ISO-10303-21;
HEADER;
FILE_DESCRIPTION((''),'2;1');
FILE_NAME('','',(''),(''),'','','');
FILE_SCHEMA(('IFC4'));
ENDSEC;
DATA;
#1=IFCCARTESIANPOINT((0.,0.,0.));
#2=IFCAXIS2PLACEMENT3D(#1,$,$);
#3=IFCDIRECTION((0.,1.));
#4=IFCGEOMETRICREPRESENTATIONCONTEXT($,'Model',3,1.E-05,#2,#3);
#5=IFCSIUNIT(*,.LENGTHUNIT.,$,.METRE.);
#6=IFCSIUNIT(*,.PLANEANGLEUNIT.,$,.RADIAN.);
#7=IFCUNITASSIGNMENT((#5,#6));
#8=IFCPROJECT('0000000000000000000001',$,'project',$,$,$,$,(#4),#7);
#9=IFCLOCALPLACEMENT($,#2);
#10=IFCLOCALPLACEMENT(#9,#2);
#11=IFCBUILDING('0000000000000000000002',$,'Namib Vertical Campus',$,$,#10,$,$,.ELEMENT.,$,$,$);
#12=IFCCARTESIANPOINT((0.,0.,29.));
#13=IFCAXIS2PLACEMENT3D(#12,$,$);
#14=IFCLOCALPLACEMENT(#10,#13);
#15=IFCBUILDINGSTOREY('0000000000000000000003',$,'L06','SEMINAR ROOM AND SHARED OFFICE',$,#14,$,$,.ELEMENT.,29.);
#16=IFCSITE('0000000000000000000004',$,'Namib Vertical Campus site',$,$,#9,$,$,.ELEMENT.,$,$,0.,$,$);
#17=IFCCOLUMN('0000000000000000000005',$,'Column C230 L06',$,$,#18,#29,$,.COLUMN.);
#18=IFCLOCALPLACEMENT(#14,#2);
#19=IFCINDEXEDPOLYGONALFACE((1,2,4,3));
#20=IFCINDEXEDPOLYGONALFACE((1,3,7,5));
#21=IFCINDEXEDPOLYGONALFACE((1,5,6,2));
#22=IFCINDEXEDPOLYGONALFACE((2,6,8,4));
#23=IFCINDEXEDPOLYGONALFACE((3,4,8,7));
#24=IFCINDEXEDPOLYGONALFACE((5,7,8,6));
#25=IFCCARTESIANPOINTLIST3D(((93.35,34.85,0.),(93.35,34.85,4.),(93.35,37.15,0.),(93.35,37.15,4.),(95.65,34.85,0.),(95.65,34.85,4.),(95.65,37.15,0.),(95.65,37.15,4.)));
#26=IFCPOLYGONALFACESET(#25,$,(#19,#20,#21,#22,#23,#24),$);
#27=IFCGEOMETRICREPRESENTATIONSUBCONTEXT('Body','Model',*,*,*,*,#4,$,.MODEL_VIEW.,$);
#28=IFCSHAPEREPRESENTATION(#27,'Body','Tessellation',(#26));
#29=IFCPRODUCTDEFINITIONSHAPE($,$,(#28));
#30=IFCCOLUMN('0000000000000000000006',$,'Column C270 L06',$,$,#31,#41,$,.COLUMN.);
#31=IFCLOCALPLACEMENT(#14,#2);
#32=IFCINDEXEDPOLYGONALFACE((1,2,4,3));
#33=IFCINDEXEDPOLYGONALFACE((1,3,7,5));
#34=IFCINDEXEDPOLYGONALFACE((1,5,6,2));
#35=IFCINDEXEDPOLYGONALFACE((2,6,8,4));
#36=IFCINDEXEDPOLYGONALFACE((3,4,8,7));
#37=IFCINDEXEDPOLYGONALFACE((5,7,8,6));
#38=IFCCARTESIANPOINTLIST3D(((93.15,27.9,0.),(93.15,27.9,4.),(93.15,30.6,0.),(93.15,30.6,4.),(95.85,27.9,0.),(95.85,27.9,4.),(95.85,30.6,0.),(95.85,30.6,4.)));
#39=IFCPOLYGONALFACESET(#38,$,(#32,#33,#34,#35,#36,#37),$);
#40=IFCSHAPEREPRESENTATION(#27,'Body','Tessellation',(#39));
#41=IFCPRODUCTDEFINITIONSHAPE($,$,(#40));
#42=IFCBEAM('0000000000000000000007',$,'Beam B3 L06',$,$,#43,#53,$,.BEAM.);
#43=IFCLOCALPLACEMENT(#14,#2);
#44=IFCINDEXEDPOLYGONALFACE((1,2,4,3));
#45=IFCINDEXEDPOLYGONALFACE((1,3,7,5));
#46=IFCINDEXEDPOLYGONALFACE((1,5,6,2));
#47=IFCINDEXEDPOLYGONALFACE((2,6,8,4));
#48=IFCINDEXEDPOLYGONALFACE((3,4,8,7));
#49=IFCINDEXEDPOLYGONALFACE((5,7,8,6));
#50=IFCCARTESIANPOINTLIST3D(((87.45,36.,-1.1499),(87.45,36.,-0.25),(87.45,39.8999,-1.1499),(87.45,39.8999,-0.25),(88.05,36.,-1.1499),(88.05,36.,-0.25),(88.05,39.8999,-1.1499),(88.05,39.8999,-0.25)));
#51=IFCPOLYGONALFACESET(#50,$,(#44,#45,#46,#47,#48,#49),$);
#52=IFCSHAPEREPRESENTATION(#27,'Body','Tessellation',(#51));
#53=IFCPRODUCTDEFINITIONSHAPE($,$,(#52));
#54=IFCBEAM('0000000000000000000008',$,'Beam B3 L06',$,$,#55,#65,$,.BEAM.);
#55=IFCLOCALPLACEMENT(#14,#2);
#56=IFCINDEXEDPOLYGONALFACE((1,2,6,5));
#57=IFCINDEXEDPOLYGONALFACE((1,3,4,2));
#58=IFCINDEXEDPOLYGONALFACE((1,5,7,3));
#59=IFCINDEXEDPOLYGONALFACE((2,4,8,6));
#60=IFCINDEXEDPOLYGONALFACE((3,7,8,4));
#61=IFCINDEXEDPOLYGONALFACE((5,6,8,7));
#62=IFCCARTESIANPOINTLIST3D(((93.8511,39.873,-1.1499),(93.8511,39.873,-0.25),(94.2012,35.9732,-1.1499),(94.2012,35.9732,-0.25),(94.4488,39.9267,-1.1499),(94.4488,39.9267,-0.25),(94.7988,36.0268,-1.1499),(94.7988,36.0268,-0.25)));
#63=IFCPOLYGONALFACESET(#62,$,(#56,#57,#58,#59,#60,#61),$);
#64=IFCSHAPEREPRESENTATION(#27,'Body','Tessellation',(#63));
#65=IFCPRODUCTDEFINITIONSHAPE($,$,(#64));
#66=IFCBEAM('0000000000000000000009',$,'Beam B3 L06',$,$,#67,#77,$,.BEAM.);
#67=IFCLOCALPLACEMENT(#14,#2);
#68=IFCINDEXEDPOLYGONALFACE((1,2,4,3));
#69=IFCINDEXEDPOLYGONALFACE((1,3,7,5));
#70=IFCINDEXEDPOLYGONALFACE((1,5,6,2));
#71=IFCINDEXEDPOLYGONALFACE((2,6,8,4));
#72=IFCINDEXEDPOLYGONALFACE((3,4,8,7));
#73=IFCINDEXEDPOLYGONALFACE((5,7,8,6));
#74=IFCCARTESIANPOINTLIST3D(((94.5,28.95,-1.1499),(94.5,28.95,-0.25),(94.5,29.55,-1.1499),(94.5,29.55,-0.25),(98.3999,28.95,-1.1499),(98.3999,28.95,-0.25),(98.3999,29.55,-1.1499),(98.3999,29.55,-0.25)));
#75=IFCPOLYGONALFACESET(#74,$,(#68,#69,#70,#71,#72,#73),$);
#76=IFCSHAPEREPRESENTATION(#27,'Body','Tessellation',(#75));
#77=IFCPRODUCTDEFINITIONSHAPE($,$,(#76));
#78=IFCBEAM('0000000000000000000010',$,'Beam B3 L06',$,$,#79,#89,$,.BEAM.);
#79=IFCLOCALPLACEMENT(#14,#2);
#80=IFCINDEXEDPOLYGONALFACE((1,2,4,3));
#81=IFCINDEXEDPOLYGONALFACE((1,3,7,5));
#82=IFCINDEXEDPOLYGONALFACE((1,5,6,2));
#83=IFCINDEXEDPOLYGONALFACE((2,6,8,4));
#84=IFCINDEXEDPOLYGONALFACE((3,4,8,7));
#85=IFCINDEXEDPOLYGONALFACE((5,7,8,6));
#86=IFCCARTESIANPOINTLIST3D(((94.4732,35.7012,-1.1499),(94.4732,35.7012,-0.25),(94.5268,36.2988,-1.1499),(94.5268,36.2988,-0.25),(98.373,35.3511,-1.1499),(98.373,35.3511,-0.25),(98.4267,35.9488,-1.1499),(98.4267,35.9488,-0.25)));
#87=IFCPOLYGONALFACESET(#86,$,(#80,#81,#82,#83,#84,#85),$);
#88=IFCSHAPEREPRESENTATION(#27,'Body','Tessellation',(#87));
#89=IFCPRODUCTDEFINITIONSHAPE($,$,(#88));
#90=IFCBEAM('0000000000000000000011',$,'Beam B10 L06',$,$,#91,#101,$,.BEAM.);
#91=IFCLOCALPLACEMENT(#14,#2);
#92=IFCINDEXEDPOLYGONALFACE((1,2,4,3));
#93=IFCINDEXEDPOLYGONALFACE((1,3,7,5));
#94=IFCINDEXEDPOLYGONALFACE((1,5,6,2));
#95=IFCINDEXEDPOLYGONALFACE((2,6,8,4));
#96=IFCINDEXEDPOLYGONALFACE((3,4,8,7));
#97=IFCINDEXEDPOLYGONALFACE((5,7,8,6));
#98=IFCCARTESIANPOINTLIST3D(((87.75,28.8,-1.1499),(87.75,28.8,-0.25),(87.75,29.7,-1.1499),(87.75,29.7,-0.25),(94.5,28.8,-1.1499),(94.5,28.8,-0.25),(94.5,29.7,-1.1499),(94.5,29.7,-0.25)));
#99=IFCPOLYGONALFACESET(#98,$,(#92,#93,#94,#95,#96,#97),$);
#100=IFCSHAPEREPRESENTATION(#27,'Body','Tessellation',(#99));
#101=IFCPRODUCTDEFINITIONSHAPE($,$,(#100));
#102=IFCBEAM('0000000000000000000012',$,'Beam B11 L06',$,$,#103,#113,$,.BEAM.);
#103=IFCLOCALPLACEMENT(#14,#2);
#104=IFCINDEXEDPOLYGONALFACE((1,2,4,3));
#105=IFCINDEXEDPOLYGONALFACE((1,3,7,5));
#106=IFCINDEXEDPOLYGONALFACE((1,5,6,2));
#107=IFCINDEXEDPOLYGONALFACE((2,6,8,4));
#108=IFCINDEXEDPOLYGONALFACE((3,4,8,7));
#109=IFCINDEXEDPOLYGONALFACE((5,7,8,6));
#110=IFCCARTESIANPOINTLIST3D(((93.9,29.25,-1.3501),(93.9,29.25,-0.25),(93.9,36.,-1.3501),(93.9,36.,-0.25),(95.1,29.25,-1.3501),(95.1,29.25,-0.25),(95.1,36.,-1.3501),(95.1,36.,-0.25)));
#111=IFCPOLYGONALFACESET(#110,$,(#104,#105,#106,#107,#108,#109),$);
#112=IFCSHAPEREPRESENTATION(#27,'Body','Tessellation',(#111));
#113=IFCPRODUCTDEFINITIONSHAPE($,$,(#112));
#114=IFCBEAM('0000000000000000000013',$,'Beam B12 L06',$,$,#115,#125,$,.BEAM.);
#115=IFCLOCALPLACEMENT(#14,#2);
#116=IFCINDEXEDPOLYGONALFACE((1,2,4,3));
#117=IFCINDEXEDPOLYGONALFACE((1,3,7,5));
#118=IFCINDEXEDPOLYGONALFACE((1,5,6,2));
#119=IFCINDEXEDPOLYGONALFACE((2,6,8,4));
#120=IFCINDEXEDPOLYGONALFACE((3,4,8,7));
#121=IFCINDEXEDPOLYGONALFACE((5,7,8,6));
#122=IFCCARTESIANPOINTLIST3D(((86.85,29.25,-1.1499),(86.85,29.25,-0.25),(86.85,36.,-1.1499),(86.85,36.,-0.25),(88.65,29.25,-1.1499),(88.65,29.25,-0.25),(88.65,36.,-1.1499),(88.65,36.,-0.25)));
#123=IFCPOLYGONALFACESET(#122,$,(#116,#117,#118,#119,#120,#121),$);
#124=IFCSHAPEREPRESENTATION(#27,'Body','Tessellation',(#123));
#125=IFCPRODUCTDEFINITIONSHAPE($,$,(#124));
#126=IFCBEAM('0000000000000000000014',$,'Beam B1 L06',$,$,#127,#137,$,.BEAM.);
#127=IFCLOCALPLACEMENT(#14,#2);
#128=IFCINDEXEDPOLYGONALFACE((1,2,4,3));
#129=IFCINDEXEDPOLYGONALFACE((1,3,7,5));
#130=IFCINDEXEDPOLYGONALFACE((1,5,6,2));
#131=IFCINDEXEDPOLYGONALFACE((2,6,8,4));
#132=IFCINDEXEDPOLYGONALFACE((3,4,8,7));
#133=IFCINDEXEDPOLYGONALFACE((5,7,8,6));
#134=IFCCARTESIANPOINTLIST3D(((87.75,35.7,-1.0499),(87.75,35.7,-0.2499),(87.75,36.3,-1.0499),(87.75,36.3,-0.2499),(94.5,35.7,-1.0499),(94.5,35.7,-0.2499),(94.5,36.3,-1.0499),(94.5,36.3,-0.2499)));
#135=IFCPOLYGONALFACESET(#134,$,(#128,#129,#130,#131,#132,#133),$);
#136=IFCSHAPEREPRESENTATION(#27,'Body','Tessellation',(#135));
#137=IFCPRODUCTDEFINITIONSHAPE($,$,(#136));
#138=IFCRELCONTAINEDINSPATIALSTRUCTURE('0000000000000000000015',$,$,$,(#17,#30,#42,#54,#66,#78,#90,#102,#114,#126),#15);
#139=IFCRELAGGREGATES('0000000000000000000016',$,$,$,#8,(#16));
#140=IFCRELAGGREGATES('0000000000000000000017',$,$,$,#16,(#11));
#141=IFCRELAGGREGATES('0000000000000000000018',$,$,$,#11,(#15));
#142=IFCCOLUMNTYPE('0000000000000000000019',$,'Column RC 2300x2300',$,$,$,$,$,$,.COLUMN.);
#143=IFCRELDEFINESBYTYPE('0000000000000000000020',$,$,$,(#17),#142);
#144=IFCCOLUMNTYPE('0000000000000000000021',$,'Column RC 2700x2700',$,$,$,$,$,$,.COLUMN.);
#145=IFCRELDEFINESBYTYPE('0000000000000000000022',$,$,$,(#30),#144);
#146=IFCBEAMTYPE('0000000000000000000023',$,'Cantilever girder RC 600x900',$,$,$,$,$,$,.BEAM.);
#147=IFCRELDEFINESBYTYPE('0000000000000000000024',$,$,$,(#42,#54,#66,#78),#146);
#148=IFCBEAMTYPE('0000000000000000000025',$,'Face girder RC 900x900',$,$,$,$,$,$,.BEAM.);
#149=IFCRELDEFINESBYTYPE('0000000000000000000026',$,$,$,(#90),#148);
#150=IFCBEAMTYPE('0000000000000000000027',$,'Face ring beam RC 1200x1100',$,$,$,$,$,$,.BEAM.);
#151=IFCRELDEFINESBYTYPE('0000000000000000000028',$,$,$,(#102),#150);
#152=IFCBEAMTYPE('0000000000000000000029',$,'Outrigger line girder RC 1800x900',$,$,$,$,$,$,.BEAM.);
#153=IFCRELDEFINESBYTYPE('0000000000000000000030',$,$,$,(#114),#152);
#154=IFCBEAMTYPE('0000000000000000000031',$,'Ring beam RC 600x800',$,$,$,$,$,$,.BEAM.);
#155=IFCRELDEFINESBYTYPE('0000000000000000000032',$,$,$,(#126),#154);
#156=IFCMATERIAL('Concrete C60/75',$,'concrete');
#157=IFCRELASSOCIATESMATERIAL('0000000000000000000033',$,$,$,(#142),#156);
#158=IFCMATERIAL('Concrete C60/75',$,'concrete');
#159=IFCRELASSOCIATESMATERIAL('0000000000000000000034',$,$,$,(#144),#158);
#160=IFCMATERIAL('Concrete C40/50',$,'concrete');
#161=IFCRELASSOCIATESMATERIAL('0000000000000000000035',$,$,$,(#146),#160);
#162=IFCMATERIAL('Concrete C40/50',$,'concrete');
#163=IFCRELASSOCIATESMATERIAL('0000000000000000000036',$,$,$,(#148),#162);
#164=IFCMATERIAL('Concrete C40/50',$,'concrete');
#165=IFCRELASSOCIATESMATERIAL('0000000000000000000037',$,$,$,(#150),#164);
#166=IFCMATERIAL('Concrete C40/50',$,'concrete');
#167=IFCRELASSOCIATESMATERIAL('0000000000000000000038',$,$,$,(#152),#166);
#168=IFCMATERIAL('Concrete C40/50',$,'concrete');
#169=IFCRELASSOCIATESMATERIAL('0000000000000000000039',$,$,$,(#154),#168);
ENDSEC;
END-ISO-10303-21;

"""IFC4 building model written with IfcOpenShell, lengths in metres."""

from ifc_helpers import new_model, si_unit, direction, frame, origin, origin_2d, place, context, subcontext, project, spatial, rectangle, extrude, material, material_profile, profile_set, type_object, element, save


model = new_model("IFC4")

# Units and contexts
model_context = context("Model", 3, precision=1e-05, world=origin(), true_north=direction((0.0, 1.0)))
body_context = subcontext(model_context, "Body", "Model", "MODEL_VIEW")
ifc_project = project(units=[si_unit("LENGTHUNIT", "METRE"), si_unit("PLANEANGLEUNIT", "RADIAN")], contexts=[model_context])

# Site, building, storey
site_placement = place(None, origin())
site = spatial("IfcSite", under=ifc_project, at=site_placement, Name="Namib Vertical Campus site", CompositionType="ELEMENT", RefElevation=0.0)
building_placement = place(site_placement, origin())
building = spatial("IfcBuilding", under=site, at=building_placement, Name="Namib Vertical Campus", CompositionType="ELEMENT")
storey_placement = place(building_placement, frame((0.0, 0.0, 29.0)))
storey = spatial("IfcBuildingStorey", under=building, at=storey_placement, Name="L06", Description="SEMINAR ROOM AND SHARED OFFICE", CompositionType="ELEMENT", Elevation=29.0)

# Columns
ifc_material_1 = material(Name="Concrete C60/75", Category="concrete")
ifc_material_profile_1 = material_profile(ifc_material_1, rectangle(XDim=2.3, YDim=2.3, at=origin_2d()))
ifc_profile_set_1 = profile_set([ifc_material_profile_1], Name="Concrete C60/75")
column_type_1 = type_object("IfcColumnType", Name="Column RC 2300x2300", PredefinedType="COLUMN", material=ifc_profile_set_1)
column_1_placement = place(storey_placement, frame((94.5, 36.0, 0.0), z_axis=(0.0, 0.0, 1.0), x_axis=(1.0, 0.0, 0.0)))
element("IfcColumn", 1, at=column_1_placement, inside=storey, type_object=column_type_1, Name="Column C230 L06", PredefinedType="COLUMN", context=body_context, shape_type="SweptSolid", body=[
    extrude(rectangle(XDim=2.3, YDim=2.3, at=origin_2d()), origin(), (0.0, 0.0, 1.0), 4.0),
])
ifc_material_2 = material(Name="Concrete C60/75", Category="concrete")
ifc_material_profile_2 = material_profile(ifc_material_2, rectangle(XDim=2.7, YDim=2.7, at=origin_2d()))
ifc_profile_set_2 = profile_set([ifc_material_profile_2], Name="Concrete C60/75")
column_type_2 = type_object("IfcColumnType", Name="Column RC 2700x2700", PredefinedType="COLUMN", material=ifc_profile_set_2)
column_2_placement = place(storey_placement, frame((94.5, 29.25, 0.0), z_axis=(0.0, 0.0, 1.0), x_axis=(1.0, 0.0, 0.0)))
element("IfcColumn", 2, at=column_2_placement, inside=storey, type_object=column_type_2, Name="Column C270 L06", PredefinedType="COLUMN", context=body_context, shape_type="SweptSolid", body=[
    extrude(rectangle(XDim=2.7, YDim=2.7, at=origin_2d()), origin(), (0.0, 0.0, 1.0), 4.0),
])

# Beams
ifc_material_3 = material(Name="Concrete C40/50", Category="concrete")
ifc_material_profile_3 = material_profile(ifc_material_3, rectangle(XDim=0.6001, YDim=0.8999, at=origin_2d()))
ifc_profile_set_3 = profile_set([ifc_material_profile_3], Name="Concrete C40/50")
beam_type_1 = type_object("IfcBeamType", Name="Cantilever girder RC 600x900", PredefinedType="BEAM", material=ifc_profile_set_3)
beam_1_placement = place(storey_placement, frame((87.75, 36.0, -0.7), z_axis=(0.0, 1.0, 0.0), x_axis=(-1.0, 0.0, 0.0)))
element("IfcBeam", 3, at=beam_1_placement, inside=storey, type_object=beam_type_1, Name="Beam B3 L06", PredefinedType="BEAM", context=body_context, shape_type="SweptSolid", body=[
    extrude(rectangle(XDim=0.6001, YDim=0.8999, at=origin_2d()), origin(), (0.0, 0.0, 1.0), 3.8999),
])
beam_2_placement = place(storey_placement, frame((94.5, 36.0, -0.7), z_axis=(-0.089411, 0.995995, 0.0), x_axis=(-0.995995, -0.089411, 0.0)))
element("IfcBeam", 4, at=beam_2_placement, inside=storey, type_object=beam_type_1, Name="Beam B3 L06", PredefinedType="BEAM", context=body_context, shape_type="SweptSolid", body=[
    extrude(rectangle(XDim=0.6001, YDim=0.8999, at=origin_2d()), origin(), (0.0, 0.0, 1.0), 3.9155),
])
beam_3_placement = place(storey_placement, frame((94.5, 29.25, -0.7), z_axis=(1.0, 0.0, 0.0), x_axis=(0.0, 1.0, 0.0)))
element("IfcBeam", 5, at=beam_3_placement, inside=storey, type_object=beam_type_1, Name="Beam B3 L06", PredefinedType="BEAM", context=body_context, shape_type="SweptSolid", body=[
    extrude(rectangle(XDim=0.6001, YDim=0.8999, at=origin_2d()), origin(), (0.0, 0.0, 1.0), 3.8999),
])
beam_4_placement = place(storey_placement, frame((94.5, 36.0, -0.7), z_axis=(0.995995, -0.089411, 0.0), x_axis=(0.089411, 0.995995, 0.0)))
element("IfcBeam", 6, at=beam_4_placement, inside=storey, type_object=beam_type_1, Name="Beam B3 L06", PredefinedType="BEAM", context=body_context, shape_type="SweptSolid", body=[
    extrude(rectangle(XDim=0.6001, YDim=0.8999, at=origin_2d()), origin(), (0.0, 0.0, 1.0), 3.9155),
])
ifc_material_4 = material(Name="Concrete C40/50", Category="concrete")
ifc_material_profile_4 = material_profile(ifc_material_4, rectangle(XDim=0.8999, YDim=0.8999, at=origin_2d()))
ifc_profile_set_4 = profile_set([ifc_material_profile_4], Name="Concrete C40/50")
beam_type_2 = type_object("IfcBeamType", Name="Face girder RC 900x900", PredefinedType="BEAM", material=ifc_profile_set_4)
beam_5_placement = place(storey_placement, frame((94.5, 29.25, -0.7), z_axis=(-1.0, 0.0, 0.0), x_axis=(0.0, -1.0, 0.0)))
element("IfcBeam", 7, at=beam_5_placement, inside=storey, type_object=beam_type_2, Name="Beam B10 L06", PredefinedType="BEAM", context=body_context, shape_type="SweptSolid", body=[
    extrude(rectangle(XDim=0.8999, YDim=0.8999, at=origin_2d()), origin(), (0.0, 0.0, 1.0), 6.75),
])
ifc_material_5 = material(Name="Concrete C40/50", Category="concrete")
ifc_material_profile_5 = material_profile(ifc_material_5, rectangle(XDim=1.2, YDim=1.1001, at=origin_2d()))
ifc_profile_set_5 = profile_set([ifc_material_profile_5], Name="Concrete C40/50")
beam_type_3 = type_object("IfcBeamType", Name="Face ring beam RC 1200x1100", PredefinedType="BEAM", material=ifc_profile_set_5)
beam_6_placement = place(storey_placement, frame((94.5, 29.25, -0.8), z_axis=(0.0, 1.0, 0.0), x_axis=(-1.0, 0.0, 0.0)))
element("IfcBeam", 8, at=beam_6_placement, inside=storey, type_object=beam_type_3, Name="Beam B11 L06", PredefinedType="BEAM", context=body_context, shape_type="SweptSolid", body=[
    extrude(rectangle(XDim=1.2, YDim=1.1001, at=origin_2d()), origin(), (0.0, 0.0, 1.0), 6.75),
])
ifc_material_6 = material(Name="Concrete C40/50", Category="concrete")
ifc_material_profile_6 = material_profile(ifc_material_6, rectangle(XDim=1.8, YDim=0.8999, at=origin_2d()))
ifc_profile_set_6 = profile_set([ifc_material_profile_6], Name="Concrete C40/50")
beam_type_4 = type_object("IfcBeamType", Name="Outrigger line girder RC 1800x900", PredefinedType="BEAM", material=ifc_profile_set_6)
beam_7_placement = place(storey_placement, frame((87.75, 36.0, -0.7), z_axis=(0.0, -1.0, 0.0), x_axis=(1.0, 0.0, 0.0)))
element("IfcBeam", 9, at=beam_7_placement, inside=storey, type_object=beam_type_4, Name="Beam B12 L06", PredefinedType="BEAM", context=body_context, shape_type="SweptSolid", body=[
    extrude(rectangle(XDim=1.8, YDim=0.8999, at=origin_2d()), origin(), (0.0, 0.0, 1.0), 6.75),
])
ifc_material_7 = material(Name="Concrete C40/50", Category="concrete")
ifc_material_profile_7 = material_profile(ifc_material_7, rectangle(XDim=0.6001, YDim=0.8, at=origin_2d()))
ifc_profile_set_7 = profile_set([ifc_material_profile_7], Name="Concrete C40/50")
beam_type_5 = type_object("IfcBeamType", Name="Ring beam RC 600x800", PredefinedType="BEAM", material=ifc_profile_set_7)
beam_8_placement = place(storey_placement, frame((87.75, 36.0, -0.6499), z_axis=(1.0, 0.0, 0.0), x_axis=(0.0, 1.0, 0.0)))
element("IfcBeam", 10, at=beam_8_placement, inside=storey, type_object=beam_type_5, Name="Beam B1 L06", PredefinedType="BEAM", context=body_context, shape_type="SweptSolid", body=[
    extrude(rectangle(XDim=0.6001, YDim=0.8, at=origin_2d()), origin(), (0.0, 0.0, 1.0), 6.75),
])

save(model, "model.ifc")
